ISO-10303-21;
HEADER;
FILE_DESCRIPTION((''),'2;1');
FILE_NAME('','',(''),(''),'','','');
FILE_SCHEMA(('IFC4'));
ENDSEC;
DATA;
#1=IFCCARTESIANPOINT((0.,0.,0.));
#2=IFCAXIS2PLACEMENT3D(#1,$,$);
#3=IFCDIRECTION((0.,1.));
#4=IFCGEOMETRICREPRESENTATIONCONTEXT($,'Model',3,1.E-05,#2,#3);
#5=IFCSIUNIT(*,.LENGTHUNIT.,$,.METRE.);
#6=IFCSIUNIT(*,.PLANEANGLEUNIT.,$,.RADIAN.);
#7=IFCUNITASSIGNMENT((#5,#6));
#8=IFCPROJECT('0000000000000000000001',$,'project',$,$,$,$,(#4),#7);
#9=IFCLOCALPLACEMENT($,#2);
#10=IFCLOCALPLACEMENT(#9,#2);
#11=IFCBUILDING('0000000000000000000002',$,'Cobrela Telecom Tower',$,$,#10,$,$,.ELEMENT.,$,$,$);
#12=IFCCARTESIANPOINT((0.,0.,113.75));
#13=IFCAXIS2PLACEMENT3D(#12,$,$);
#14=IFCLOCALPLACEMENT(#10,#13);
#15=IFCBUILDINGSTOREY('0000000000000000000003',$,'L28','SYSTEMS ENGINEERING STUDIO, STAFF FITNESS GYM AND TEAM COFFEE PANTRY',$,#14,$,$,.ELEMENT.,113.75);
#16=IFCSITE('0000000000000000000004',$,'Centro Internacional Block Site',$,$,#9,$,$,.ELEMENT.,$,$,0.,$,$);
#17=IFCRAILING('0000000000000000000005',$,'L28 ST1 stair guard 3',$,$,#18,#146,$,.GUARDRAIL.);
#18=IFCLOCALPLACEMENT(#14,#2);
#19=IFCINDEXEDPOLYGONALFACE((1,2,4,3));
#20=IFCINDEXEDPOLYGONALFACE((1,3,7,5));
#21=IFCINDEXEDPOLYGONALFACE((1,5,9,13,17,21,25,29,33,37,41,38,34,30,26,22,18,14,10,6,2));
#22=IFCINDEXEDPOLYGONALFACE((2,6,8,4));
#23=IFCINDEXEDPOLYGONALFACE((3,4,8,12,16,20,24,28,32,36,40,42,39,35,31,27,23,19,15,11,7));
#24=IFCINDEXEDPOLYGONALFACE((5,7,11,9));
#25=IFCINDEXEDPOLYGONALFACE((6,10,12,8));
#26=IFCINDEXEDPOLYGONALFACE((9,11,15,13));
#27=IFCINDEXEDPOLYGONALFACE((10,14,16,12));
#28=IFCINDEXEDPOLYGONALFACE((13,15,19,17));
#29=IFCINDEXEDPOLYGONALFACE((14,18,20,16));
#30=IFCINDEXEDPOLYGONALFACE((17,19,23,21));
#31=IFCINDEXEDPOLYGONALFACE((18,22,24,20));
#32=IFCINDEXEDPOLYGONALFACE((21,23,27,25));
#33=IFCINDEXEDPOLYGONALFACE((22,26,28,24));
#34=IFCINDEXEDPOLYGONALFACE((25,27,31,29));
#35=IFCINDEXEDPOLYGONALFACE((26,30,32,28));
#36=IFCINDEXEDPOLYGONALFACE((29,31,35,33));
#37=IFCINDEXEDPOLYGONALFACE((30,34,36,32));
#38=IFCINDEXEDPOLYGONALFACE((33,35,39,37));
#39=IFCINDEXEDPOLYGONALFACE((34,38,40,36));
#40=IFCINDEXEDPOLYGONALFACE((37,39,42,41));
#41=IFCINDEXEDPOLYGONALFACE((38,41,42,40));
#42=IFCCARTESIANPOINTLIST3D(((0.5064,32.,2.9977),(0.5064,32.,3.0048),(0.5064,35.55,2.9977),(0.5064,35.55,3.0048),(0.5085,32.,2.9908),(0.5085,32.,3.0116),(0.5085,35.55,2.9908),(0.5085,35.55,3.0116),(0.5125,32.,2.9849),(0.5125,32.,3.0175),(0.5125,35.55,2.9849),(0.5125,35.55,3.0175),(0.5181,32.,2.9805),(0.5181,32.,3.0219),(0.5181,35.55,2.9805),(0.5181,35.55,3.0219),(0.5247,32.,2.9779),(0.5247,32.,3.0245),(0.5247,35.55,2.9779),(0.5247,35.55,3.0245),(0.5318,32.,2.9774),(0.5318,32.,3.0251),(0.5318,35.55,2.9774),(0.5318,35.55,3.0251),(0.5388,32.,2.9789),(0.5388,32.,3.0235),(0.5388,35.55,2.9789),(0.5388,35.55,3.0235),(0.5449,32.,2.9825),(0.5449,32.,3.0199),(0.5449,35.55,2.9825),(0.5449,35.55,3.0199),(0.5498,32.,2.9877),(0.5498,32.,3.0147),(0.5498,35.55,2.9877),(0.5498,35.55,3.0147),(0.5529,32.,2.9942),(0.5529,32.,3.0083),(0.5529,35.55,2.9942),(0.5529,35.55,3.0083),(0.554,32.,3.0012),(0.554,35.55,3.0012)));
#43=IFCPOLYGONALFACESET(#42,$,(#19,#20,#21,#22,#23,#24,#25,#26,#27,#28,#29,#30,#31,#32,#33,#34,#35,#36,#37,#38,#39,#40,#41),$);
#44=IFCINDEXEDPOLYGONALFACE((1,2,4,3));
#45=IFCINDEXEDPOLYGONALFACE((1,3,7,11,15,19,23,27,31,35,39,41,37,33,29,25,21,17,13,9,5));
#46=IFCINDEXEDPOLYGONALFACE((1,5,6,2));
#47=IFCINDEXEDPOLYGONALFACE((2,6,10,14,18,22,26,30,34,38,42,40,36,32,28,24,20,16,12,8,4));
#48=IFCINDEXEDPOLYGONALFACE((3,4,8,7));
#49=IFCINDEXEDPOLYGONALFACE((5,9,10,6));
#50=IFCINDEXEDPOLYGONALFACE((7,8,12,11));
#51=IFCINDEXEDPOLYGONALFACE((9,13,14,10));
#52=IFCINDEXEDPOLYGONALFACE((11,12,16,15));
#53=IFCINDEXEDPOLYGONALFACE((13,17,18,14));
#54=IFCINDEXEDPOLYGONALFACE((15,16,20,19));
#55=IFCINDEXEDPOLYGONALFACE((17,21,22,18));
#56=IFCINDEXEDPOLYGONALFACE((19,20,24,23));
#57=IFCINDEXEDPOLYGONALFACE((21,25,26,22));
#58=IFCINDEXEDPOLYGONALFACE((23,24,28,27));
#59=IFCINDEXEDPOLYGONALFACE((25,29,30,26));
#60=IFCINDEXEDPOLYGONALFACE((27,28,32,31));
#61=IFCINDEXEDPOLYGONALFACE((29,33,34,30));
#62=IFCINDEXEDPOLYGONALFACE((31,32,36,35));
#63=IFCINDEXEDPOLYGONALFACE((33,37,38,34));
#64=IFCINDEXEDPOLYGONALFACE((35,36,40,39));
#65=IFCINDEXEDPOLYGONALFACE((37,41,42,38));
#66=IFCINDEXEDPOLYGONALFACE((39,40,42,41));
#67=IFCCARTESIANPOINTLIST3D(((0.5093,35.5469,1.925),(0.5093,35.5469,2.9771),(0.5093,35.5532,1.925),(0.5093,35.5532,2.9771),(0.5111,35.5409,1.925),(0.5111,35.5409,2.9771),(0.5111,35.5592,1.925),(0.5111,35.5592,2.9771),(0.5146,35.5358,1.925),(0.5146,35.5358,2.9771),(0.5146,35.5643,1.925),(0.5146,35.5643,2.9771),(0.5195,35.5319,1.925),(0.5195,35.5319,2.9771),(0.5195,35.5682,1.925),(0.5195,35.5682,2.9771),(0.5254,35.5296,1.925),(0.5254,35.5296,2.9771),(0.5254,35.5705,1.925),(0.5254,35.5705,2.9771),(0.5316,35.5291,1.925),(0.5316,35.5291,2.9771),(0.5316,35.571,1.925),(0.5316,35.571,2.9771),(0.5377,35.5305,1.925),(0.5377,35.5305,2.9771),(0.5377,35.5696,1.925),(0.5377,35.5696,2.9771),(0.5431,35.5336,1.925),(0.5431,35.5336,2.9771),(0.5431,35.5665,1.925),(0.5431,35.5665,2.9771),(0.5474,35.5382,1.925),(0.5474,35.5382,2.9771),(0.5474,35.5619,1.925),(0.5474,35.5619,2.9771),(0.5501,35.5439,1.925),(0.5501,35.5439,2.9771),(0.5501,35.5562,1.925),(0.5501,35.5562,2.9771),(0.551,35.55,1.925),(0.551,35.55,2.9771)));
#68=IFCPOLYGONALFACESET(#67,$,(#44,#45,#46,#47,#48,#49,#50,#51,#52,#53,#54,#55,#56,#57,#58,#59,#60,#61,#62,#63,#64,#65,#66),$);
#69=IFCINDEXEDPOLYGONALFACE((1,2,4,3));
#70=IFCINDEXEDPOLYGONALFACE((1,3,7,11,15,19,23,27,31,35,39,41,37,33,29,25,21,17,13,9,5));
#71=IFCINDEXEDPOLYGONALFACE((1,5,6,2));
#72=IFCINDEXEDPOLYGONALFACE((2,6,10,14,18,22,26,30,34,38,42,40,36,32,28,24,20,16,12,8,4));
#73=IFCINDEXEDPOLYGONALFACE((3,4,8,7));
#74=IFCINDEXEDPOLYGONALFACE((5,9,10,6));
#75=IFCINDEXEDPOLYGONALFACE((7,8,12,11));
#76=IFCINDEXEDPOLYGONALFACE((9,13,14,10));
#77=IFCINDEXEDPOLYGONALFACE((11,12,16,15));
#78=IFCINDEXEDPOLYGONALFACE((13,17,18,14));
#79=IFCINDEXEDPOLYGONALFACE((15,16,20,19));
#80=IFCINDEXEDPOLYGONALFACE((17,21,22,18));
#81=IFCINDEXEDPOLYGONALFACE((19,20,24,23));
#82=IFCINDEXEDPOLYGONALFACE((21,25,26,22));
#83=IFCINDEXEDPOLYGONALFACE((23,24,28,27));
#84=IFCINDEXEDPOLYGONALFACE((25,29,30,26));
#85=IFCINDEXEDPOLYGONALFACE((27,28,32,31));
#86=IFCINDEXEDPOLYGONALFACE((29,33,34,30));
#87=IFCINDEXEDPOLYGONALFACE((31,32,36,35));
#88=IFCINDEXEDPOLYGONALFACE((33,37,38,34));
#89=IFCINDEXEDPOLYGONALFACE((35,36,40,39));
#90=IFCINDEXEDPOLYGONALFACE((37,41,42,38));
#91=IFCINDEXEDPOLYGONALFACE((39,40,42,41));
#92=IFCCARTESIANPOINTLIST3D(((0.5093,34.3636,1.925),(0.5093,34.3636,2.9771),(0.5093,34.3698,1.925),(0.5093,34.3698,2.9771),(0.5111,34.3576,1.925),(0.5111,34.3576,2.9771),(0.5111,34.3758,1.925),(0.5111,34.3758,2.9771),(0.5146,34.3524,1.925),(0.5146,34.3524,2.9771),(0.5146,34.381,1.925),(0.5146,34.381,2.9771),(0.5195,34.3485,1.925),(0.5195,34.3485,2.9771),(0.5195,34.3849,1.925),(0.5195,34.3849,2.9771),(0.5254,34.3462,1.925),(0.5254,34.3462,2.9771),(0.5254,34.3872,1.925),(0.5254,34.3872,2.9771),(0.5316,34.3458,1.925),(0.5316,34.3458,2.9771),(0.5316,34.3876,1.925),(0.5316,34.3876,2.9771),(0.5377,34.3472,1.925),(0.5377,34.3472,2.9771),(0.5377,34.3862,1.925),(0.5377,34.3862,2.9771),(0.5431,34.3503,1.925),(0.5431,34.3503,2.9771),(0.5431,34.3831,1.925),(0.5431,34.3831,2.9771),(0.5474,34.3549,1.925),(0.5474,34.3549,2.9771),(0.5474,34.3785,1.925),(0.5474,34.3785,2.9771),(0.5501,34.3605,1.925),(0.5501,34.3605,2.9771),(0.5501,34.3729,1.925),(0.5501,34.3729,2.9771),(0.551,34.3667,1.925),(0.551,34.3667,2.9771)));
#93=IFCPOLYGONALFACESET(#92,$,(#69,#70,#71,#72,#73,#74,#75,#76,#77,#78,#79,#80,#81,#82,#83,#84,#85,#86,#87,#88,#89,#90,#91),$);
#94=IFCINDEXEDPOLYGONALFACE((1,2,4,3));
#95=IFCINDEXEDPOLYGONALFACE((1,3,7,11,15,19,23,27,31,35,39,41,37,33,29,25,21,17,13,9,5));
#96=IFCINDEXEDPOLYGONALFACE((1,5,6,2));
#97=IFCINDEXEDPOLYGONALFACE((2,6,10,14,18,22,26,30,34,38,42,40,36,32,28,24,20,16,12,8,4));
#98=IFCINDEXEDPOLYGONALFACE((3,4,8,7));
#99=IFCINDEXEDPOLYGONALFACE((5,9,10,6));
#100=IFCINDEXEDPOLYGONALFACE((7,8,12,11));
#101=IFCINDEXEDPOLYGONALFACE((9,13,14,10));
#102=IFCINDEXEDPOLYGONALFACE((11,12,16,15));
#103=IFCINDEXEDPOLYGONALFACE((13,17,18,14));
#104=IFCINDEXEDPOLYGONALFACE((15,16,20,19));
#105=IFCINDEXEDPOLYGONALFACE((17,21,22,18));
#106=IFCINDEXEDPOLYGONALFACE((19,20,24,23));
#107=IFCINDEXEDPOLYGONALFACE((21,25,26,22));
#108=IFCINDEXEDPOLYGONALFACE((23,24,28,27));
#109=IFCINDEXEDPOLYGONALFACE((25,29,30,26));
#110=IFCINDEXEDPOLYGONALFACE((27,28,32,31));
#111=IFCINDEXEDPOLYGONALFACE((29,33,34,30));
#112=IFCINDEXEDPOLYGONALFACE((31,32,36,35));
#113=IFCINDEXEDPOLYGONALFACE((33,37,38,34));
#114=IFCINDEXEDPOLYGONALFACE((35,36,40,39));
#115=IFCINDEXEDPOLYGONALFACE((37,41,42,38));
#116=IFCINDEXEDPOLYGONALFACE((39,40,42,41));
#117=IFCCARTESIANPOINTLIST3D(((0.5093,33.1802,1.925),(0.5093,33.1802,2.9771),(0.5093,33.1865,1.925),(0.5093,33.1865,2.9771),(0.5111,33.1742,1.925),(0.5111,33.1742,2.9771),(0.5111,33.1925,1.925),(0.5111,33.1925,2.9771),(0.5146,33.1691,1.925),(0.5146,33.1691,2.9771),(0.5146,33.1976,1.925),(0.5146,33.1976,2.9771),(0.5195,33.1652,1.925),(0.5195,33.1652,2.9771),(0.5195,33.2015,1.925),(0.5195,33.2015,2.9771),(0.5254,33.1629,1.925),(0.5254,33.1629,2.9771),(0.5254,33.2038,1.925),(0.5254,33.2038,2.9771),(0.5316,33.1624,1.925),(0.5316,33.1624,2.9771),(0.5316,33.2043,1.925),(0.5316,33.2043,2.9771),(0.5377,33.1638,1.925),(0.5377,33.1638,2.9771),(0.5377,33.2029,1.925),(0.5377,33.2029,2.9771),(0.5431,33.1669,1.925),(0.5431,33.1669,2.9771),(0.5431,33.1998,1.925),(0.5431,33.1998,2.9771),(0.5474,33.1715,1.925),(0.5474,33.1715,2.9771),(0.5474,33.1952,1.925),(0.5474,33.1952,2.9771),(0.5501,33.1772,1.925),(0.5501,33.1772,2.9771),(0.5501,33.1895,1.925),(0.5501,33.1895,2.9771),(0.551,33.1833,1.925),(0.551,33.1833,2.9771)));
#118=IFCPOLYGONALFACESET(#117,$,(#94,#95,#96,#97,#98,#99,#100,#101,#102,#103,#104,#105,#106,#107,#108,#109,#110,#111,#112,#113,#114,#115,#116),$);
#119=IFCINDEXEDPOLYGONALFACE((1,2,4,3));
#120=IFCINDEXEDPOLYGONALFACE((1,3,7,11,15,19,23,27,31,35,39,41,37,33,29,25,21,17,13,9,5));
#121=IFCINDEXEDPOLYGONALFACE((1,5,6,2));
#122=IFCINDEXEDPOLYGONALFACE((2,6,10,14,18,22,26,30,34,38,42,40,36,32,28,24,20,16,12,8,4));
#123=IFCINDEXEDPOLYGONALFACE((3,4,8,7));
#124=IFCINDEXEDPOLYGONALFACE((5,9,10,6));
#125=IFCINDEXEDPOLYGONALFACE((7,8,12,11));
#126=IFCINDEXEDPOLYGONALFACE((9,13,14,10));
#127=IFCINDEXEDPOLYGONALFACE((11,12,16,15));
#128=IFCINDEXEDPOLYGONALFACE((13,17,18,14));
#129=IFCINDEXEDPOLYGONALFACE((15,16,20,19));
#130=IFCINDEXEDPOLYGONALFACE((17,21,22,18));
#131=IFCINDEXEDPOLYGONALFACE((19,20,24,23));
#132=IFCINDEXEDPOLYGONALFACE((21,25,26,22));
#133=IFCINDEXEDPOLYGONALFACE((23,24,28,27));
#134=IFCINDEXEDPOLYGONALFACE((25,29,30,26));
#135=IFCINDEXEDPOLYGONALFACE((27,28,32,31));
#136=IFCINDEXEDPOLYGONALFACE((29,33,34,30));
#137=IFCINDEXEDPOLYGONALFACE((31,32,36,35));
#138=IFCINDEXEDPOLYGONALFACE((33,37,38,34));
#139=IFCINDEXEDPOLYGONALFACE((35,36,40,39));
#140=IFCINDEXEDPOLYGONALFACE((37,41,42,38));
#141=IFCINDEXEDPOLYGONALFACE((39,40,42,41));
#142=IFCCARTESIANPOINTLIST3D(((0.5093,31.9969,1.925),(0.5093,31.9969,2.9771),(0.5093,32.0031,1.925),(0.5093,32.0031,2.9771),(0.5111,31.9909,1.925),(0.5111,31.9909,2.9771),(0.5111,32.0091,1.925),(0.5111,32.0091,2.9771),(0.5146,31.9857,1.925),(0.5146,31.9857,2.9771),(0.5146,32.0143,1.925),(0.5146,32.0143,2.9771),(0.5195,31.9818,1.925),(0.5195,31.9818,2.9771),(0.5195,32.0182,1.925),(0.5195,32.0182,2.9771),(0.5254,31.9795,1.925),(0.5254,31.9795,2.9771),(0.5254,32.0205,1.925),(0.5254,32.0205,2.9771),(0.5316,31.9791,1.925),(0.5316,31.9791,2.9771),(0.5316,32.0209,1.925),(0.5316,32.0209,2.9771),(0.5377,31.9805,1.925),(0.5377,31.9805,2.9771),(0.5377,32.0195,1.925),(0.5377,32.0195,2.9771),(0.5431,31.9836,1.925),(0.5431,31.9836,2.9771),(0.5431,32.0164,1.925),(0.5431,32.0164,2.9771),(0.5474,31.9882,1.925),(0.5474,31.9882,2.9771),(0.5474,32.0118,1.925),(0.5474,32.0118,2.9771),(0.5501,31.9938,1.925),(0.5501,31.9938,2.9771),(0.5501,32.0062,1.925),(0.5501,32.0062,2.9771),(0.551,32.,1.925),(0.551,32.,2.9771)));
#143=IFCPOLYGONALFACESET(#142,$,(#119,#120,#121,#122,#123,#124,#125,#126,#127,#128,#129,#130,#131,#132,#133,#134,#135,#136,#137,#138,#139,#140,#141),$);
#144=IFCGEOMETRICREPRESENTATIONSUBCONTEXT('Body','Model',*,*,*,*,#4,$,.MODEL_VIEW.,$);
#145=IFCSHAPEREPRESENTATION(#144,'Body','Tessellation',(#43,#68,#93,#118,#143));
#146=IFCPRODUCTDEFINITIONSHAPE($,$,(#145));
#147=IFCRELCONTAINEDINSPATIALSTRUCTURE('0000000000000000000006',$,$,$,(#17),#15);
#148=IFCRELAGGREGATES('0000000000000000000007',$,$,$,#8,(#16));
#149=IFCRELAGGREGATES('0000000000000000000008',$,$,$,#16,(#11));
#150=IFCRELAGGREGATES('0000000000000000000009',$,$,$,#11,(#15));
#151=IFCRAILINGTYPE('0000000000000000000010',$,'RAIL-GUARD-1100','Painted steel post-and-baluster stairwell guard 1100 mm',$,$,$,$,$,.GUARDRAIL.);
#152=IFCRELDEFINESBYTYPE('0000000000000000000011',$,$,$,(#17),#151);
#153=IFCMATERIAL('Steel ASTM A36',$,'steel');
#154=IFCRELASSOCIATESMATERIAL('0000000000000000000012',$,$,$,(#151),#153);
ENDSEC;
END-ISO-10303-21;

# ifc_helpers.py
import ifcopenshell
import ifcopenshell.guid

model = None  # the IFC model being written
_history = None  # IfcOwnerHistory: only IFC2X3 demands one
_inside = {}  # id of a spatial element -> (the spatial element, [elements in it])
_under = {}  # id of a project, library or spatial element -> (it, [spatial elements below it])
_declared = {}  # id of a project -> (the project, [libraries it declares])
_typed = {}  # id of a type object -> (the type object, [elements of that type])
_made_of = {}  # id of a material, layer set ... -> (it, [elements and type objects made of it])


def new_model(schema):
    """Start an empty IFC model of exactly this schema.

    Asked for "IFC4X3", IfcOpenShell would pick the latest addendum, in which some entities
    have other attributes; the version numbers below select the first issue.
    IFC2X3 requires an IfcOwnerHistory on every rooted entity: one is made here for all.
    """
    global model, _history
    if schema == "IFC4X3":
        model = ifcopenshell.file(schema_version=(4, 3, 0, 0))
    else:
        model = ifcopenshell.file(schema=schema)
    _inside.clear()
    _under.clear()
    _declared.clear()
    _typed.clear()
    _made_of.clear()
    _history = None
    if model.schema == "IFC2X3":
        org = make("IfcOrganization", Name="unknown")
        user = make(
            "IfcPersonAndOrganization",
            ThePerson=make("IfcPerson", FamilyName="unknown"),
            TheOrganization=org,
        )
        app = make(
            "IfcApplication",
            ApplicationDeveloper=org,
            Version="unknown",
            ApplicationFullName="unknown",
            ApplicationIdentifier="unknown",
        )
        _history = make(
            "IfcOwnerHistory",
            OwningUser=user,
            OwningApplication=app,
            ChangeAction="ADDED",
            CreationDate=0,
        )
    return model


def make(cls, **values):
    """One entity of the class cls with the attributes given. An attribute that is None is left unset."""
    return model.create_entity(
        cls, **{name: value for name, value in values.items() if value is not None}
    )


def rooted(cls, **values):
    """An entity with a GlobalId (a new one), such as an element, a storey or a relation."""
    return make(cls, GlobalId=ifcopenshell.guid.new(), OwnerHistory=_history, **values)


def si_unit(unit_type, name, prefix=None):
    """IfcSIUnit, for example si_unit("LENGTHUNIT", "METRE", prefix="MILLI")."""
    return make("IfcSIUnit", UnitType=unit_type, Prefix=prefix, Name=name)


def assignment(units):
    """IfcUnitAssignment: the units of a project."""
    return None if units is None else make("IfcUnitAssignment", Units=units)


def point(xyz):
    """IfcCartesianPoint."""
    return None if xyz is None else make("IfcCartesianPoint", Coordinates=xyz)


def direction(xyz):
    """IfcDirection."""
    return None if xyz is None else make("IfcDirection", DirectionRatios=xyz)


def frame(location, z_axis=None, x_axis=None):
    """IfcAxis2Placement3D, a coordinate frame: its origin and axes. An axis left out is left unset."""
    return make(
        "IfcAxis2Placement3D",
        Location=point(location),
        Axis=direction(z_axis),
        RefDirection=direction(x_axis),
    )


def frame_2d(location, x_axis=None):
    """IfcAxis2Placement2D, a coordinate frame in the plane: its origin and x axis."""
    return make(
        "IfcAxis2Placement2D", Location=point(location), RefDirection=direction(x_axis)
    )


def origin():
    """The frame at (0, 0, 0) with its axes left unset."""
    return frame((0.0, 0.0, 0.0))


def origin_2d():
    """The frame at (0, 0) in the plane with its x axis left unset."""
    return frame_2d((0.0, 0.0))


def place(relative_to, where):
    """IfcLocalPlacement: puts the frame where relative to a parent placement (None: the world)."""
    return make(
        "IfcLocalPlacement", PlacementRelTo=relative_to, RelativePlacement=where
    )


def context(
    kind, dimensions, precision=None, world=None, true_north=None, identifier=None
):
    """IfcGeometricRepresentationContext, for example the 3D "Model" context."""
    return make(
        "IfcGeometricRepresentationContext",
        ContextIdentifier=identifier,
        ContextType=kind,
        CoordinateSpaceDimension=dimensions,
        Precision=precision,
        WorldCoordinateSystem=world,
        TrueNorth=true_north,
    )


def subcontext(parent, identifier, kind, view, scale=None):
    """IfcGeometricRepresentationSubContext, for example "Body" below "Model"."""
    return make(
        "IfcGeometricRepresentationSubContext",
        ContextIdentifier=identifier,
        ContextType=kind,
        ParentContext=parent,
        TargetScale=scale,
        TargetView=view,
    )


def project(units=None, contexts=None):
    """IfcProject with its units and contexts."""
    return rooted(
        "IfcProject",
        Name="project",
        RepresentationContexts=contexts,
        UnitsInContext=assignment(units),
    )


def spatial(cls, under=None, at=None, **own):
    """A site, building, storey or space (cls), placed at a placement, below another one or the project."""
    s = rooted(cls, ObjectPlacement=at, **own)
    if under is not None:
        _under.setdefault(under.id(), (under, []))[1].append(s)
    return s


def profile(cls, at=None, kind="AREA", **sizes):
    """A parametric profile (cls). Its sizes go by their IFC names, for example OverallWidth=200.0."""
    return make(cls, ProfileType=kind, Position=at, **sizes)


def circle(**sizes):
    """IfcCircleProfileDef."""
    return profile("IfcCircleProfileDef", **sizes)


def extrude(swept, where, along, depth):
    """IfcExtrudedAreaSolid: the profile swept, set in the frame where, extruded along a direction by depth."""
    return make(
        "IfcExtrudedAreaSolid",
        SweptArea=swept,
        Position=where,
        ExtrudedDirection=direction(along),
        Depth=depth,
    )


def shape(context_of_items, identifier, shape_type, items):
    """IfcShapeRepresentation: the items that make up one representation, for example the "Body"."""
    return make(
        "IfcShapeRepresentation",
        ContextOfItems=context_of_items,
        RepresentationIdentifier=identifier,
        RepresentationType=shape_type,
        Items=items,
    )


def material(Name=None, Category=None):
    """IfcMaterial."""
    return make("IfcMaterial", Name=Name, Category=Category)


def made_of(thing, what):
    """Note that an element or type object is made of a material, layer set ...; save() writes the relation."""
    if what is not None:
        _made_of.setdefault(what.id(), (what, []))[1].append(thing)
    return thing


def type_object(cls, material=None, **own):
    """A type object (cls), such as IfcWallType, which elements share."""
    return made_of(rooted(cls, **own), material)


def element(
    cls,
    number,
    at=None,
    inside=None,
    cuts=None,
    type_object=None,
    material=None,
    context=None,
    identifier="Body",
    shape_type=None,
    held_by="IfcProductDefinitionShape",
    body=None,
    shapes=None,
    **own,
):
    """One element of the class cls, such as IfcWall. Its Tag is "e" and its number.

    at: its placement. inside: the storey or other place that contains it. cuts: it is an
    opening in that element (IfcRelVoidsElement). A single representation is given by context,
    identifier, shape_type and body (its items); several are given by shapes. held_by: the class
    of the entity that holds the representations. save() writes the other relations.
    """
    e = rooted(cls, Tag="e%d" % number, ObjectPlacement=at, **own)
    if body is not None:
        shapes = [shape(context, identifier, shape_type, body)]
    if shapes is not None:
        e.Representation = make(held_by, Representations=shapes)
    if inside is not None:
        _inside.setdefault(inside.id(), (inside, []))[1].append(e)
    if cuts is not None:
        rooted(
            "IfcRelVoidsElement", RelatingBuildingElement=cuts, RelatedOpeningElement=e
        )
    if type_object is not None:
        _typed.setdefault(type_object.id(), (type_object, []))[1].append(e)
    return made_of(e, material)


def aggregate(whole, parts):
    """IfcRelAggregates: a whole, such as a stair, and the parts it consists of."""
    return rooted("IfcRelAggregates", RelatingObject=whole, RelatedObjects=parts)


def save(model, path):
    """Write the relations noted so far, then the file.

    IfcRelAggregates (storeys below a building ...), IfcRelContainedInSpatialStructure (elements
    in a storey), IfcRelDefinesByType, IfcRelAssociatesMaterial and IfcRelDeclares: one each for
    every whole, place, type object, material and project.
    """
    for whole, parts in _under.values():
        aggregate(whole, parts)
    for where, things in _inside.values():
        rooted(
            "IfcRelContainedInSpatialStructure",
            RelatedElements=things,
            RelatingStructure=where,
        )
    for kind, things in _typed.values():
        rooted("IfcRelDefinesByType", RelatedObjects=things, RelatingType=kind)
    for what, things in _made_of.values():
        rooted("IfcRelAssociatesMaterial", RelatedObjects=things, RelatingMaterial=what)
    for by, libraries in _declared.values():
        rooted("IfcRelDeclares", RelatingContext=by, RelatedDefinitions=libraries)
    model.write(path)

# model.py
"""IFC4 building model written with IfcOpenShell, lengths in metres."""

from ifc_helpers import new_model, si_unit, direction, frame, origin, origin_2d, place, context, subcontext, project, spatial, circle, extrude, material, type_object, element, save


model = new_model("IFC4")

# Units and contexts
model_context = context("Model", 3, precision=1e-05, world=origin(), true_north=direction((0.0, 1.0)))
body_context = subcontext(model_context, "Body", "Model", "MODEL_VIEW")
ifc_project = project(units=[si_unit("LENGTHUNIT", "METRE"), si_unit("PLANEANGLEUNIT", "RADIAN")], contexts=[model_context])

# Site, building, storey
site_placement = place(None, origin())
site = spatial("IfcSite", under=ifc_project, at=site_placement, Name="Centro Internacional Block Site", CompositionType="ELEMENT", RefElevation=0.0)
building_placement = place(site_placement, origin())
building = spatial("IfcBuilding", under=site, at=building_placement, Name="Cobrela Telecom Tower", CompositionType="ELEMENT")
storey_placement = place(building_placement, frame((0.0, 0.0, 113.75)))
storey = spatial("IfcBuildingStorey", under=building, at=storey_placement, Name="L28", Description="SYSTEMS ENGINEERING STUDIO, STAFF FITNESS GYM AND TEAM COFFEE PANTRY", CompositionType="ELEMENT", Elevation=113.75)

# Shared definitions
ifc_material_1 = material(Name="Steel ASTM A36", Category="steel")

# Railing
railing_type_1 = type_object("IfcRailingType", Name="RAIL-GUARD-1100", Description="Painted steel post-and-baluster stairwell guard 1100 mm", PredefinedType="GUARDRAIL", material=ifc_material_1)
railing_1_placement = place(storey_placement, frame((0.53, 35.55, 1.925)))
element("IfcRailing", 1, at=railing_1_placement, inside=storey, type_object=railing_type_1, Name="L28 ST1 stair guard 3", PredefinedType="GUARDRAIL", context=body_context, shape_type="SweptSolid", body=[
    extrude(circle(Radius=0.0239, at=origin_2d()), frame((0.0, 0.0, 1.0762), z_axis=(0.0, -1.0, 0.0), x_axis=(1.0, 0.0, 0.0)), (0.0, 0.0, 1.0), 3.55),
    extrude(circle(Radius=0.021, at=origin_2d()), origin(), (0.0, 0.0, 1.0), 1.052),
    extrude(circle(Radius=0.021, at=origin_2d()), frame((0.0, -1.1833, 0.0)), (0.0, 0.0, 1.0), 1.052),
    extrude(circle(Radius=0.021, at=origin_2d()), frame((0.0, -2.3667, 0.0)), (0.0, 0.0, 1.0), 1.052),
    extrude(circle(Radius=0.021, at=origin_2d()), frame((0.0, -3.55, 0.0)), (0.0, 0.0, 1.0), 1.052),
])

save(model, "model.ifc")
